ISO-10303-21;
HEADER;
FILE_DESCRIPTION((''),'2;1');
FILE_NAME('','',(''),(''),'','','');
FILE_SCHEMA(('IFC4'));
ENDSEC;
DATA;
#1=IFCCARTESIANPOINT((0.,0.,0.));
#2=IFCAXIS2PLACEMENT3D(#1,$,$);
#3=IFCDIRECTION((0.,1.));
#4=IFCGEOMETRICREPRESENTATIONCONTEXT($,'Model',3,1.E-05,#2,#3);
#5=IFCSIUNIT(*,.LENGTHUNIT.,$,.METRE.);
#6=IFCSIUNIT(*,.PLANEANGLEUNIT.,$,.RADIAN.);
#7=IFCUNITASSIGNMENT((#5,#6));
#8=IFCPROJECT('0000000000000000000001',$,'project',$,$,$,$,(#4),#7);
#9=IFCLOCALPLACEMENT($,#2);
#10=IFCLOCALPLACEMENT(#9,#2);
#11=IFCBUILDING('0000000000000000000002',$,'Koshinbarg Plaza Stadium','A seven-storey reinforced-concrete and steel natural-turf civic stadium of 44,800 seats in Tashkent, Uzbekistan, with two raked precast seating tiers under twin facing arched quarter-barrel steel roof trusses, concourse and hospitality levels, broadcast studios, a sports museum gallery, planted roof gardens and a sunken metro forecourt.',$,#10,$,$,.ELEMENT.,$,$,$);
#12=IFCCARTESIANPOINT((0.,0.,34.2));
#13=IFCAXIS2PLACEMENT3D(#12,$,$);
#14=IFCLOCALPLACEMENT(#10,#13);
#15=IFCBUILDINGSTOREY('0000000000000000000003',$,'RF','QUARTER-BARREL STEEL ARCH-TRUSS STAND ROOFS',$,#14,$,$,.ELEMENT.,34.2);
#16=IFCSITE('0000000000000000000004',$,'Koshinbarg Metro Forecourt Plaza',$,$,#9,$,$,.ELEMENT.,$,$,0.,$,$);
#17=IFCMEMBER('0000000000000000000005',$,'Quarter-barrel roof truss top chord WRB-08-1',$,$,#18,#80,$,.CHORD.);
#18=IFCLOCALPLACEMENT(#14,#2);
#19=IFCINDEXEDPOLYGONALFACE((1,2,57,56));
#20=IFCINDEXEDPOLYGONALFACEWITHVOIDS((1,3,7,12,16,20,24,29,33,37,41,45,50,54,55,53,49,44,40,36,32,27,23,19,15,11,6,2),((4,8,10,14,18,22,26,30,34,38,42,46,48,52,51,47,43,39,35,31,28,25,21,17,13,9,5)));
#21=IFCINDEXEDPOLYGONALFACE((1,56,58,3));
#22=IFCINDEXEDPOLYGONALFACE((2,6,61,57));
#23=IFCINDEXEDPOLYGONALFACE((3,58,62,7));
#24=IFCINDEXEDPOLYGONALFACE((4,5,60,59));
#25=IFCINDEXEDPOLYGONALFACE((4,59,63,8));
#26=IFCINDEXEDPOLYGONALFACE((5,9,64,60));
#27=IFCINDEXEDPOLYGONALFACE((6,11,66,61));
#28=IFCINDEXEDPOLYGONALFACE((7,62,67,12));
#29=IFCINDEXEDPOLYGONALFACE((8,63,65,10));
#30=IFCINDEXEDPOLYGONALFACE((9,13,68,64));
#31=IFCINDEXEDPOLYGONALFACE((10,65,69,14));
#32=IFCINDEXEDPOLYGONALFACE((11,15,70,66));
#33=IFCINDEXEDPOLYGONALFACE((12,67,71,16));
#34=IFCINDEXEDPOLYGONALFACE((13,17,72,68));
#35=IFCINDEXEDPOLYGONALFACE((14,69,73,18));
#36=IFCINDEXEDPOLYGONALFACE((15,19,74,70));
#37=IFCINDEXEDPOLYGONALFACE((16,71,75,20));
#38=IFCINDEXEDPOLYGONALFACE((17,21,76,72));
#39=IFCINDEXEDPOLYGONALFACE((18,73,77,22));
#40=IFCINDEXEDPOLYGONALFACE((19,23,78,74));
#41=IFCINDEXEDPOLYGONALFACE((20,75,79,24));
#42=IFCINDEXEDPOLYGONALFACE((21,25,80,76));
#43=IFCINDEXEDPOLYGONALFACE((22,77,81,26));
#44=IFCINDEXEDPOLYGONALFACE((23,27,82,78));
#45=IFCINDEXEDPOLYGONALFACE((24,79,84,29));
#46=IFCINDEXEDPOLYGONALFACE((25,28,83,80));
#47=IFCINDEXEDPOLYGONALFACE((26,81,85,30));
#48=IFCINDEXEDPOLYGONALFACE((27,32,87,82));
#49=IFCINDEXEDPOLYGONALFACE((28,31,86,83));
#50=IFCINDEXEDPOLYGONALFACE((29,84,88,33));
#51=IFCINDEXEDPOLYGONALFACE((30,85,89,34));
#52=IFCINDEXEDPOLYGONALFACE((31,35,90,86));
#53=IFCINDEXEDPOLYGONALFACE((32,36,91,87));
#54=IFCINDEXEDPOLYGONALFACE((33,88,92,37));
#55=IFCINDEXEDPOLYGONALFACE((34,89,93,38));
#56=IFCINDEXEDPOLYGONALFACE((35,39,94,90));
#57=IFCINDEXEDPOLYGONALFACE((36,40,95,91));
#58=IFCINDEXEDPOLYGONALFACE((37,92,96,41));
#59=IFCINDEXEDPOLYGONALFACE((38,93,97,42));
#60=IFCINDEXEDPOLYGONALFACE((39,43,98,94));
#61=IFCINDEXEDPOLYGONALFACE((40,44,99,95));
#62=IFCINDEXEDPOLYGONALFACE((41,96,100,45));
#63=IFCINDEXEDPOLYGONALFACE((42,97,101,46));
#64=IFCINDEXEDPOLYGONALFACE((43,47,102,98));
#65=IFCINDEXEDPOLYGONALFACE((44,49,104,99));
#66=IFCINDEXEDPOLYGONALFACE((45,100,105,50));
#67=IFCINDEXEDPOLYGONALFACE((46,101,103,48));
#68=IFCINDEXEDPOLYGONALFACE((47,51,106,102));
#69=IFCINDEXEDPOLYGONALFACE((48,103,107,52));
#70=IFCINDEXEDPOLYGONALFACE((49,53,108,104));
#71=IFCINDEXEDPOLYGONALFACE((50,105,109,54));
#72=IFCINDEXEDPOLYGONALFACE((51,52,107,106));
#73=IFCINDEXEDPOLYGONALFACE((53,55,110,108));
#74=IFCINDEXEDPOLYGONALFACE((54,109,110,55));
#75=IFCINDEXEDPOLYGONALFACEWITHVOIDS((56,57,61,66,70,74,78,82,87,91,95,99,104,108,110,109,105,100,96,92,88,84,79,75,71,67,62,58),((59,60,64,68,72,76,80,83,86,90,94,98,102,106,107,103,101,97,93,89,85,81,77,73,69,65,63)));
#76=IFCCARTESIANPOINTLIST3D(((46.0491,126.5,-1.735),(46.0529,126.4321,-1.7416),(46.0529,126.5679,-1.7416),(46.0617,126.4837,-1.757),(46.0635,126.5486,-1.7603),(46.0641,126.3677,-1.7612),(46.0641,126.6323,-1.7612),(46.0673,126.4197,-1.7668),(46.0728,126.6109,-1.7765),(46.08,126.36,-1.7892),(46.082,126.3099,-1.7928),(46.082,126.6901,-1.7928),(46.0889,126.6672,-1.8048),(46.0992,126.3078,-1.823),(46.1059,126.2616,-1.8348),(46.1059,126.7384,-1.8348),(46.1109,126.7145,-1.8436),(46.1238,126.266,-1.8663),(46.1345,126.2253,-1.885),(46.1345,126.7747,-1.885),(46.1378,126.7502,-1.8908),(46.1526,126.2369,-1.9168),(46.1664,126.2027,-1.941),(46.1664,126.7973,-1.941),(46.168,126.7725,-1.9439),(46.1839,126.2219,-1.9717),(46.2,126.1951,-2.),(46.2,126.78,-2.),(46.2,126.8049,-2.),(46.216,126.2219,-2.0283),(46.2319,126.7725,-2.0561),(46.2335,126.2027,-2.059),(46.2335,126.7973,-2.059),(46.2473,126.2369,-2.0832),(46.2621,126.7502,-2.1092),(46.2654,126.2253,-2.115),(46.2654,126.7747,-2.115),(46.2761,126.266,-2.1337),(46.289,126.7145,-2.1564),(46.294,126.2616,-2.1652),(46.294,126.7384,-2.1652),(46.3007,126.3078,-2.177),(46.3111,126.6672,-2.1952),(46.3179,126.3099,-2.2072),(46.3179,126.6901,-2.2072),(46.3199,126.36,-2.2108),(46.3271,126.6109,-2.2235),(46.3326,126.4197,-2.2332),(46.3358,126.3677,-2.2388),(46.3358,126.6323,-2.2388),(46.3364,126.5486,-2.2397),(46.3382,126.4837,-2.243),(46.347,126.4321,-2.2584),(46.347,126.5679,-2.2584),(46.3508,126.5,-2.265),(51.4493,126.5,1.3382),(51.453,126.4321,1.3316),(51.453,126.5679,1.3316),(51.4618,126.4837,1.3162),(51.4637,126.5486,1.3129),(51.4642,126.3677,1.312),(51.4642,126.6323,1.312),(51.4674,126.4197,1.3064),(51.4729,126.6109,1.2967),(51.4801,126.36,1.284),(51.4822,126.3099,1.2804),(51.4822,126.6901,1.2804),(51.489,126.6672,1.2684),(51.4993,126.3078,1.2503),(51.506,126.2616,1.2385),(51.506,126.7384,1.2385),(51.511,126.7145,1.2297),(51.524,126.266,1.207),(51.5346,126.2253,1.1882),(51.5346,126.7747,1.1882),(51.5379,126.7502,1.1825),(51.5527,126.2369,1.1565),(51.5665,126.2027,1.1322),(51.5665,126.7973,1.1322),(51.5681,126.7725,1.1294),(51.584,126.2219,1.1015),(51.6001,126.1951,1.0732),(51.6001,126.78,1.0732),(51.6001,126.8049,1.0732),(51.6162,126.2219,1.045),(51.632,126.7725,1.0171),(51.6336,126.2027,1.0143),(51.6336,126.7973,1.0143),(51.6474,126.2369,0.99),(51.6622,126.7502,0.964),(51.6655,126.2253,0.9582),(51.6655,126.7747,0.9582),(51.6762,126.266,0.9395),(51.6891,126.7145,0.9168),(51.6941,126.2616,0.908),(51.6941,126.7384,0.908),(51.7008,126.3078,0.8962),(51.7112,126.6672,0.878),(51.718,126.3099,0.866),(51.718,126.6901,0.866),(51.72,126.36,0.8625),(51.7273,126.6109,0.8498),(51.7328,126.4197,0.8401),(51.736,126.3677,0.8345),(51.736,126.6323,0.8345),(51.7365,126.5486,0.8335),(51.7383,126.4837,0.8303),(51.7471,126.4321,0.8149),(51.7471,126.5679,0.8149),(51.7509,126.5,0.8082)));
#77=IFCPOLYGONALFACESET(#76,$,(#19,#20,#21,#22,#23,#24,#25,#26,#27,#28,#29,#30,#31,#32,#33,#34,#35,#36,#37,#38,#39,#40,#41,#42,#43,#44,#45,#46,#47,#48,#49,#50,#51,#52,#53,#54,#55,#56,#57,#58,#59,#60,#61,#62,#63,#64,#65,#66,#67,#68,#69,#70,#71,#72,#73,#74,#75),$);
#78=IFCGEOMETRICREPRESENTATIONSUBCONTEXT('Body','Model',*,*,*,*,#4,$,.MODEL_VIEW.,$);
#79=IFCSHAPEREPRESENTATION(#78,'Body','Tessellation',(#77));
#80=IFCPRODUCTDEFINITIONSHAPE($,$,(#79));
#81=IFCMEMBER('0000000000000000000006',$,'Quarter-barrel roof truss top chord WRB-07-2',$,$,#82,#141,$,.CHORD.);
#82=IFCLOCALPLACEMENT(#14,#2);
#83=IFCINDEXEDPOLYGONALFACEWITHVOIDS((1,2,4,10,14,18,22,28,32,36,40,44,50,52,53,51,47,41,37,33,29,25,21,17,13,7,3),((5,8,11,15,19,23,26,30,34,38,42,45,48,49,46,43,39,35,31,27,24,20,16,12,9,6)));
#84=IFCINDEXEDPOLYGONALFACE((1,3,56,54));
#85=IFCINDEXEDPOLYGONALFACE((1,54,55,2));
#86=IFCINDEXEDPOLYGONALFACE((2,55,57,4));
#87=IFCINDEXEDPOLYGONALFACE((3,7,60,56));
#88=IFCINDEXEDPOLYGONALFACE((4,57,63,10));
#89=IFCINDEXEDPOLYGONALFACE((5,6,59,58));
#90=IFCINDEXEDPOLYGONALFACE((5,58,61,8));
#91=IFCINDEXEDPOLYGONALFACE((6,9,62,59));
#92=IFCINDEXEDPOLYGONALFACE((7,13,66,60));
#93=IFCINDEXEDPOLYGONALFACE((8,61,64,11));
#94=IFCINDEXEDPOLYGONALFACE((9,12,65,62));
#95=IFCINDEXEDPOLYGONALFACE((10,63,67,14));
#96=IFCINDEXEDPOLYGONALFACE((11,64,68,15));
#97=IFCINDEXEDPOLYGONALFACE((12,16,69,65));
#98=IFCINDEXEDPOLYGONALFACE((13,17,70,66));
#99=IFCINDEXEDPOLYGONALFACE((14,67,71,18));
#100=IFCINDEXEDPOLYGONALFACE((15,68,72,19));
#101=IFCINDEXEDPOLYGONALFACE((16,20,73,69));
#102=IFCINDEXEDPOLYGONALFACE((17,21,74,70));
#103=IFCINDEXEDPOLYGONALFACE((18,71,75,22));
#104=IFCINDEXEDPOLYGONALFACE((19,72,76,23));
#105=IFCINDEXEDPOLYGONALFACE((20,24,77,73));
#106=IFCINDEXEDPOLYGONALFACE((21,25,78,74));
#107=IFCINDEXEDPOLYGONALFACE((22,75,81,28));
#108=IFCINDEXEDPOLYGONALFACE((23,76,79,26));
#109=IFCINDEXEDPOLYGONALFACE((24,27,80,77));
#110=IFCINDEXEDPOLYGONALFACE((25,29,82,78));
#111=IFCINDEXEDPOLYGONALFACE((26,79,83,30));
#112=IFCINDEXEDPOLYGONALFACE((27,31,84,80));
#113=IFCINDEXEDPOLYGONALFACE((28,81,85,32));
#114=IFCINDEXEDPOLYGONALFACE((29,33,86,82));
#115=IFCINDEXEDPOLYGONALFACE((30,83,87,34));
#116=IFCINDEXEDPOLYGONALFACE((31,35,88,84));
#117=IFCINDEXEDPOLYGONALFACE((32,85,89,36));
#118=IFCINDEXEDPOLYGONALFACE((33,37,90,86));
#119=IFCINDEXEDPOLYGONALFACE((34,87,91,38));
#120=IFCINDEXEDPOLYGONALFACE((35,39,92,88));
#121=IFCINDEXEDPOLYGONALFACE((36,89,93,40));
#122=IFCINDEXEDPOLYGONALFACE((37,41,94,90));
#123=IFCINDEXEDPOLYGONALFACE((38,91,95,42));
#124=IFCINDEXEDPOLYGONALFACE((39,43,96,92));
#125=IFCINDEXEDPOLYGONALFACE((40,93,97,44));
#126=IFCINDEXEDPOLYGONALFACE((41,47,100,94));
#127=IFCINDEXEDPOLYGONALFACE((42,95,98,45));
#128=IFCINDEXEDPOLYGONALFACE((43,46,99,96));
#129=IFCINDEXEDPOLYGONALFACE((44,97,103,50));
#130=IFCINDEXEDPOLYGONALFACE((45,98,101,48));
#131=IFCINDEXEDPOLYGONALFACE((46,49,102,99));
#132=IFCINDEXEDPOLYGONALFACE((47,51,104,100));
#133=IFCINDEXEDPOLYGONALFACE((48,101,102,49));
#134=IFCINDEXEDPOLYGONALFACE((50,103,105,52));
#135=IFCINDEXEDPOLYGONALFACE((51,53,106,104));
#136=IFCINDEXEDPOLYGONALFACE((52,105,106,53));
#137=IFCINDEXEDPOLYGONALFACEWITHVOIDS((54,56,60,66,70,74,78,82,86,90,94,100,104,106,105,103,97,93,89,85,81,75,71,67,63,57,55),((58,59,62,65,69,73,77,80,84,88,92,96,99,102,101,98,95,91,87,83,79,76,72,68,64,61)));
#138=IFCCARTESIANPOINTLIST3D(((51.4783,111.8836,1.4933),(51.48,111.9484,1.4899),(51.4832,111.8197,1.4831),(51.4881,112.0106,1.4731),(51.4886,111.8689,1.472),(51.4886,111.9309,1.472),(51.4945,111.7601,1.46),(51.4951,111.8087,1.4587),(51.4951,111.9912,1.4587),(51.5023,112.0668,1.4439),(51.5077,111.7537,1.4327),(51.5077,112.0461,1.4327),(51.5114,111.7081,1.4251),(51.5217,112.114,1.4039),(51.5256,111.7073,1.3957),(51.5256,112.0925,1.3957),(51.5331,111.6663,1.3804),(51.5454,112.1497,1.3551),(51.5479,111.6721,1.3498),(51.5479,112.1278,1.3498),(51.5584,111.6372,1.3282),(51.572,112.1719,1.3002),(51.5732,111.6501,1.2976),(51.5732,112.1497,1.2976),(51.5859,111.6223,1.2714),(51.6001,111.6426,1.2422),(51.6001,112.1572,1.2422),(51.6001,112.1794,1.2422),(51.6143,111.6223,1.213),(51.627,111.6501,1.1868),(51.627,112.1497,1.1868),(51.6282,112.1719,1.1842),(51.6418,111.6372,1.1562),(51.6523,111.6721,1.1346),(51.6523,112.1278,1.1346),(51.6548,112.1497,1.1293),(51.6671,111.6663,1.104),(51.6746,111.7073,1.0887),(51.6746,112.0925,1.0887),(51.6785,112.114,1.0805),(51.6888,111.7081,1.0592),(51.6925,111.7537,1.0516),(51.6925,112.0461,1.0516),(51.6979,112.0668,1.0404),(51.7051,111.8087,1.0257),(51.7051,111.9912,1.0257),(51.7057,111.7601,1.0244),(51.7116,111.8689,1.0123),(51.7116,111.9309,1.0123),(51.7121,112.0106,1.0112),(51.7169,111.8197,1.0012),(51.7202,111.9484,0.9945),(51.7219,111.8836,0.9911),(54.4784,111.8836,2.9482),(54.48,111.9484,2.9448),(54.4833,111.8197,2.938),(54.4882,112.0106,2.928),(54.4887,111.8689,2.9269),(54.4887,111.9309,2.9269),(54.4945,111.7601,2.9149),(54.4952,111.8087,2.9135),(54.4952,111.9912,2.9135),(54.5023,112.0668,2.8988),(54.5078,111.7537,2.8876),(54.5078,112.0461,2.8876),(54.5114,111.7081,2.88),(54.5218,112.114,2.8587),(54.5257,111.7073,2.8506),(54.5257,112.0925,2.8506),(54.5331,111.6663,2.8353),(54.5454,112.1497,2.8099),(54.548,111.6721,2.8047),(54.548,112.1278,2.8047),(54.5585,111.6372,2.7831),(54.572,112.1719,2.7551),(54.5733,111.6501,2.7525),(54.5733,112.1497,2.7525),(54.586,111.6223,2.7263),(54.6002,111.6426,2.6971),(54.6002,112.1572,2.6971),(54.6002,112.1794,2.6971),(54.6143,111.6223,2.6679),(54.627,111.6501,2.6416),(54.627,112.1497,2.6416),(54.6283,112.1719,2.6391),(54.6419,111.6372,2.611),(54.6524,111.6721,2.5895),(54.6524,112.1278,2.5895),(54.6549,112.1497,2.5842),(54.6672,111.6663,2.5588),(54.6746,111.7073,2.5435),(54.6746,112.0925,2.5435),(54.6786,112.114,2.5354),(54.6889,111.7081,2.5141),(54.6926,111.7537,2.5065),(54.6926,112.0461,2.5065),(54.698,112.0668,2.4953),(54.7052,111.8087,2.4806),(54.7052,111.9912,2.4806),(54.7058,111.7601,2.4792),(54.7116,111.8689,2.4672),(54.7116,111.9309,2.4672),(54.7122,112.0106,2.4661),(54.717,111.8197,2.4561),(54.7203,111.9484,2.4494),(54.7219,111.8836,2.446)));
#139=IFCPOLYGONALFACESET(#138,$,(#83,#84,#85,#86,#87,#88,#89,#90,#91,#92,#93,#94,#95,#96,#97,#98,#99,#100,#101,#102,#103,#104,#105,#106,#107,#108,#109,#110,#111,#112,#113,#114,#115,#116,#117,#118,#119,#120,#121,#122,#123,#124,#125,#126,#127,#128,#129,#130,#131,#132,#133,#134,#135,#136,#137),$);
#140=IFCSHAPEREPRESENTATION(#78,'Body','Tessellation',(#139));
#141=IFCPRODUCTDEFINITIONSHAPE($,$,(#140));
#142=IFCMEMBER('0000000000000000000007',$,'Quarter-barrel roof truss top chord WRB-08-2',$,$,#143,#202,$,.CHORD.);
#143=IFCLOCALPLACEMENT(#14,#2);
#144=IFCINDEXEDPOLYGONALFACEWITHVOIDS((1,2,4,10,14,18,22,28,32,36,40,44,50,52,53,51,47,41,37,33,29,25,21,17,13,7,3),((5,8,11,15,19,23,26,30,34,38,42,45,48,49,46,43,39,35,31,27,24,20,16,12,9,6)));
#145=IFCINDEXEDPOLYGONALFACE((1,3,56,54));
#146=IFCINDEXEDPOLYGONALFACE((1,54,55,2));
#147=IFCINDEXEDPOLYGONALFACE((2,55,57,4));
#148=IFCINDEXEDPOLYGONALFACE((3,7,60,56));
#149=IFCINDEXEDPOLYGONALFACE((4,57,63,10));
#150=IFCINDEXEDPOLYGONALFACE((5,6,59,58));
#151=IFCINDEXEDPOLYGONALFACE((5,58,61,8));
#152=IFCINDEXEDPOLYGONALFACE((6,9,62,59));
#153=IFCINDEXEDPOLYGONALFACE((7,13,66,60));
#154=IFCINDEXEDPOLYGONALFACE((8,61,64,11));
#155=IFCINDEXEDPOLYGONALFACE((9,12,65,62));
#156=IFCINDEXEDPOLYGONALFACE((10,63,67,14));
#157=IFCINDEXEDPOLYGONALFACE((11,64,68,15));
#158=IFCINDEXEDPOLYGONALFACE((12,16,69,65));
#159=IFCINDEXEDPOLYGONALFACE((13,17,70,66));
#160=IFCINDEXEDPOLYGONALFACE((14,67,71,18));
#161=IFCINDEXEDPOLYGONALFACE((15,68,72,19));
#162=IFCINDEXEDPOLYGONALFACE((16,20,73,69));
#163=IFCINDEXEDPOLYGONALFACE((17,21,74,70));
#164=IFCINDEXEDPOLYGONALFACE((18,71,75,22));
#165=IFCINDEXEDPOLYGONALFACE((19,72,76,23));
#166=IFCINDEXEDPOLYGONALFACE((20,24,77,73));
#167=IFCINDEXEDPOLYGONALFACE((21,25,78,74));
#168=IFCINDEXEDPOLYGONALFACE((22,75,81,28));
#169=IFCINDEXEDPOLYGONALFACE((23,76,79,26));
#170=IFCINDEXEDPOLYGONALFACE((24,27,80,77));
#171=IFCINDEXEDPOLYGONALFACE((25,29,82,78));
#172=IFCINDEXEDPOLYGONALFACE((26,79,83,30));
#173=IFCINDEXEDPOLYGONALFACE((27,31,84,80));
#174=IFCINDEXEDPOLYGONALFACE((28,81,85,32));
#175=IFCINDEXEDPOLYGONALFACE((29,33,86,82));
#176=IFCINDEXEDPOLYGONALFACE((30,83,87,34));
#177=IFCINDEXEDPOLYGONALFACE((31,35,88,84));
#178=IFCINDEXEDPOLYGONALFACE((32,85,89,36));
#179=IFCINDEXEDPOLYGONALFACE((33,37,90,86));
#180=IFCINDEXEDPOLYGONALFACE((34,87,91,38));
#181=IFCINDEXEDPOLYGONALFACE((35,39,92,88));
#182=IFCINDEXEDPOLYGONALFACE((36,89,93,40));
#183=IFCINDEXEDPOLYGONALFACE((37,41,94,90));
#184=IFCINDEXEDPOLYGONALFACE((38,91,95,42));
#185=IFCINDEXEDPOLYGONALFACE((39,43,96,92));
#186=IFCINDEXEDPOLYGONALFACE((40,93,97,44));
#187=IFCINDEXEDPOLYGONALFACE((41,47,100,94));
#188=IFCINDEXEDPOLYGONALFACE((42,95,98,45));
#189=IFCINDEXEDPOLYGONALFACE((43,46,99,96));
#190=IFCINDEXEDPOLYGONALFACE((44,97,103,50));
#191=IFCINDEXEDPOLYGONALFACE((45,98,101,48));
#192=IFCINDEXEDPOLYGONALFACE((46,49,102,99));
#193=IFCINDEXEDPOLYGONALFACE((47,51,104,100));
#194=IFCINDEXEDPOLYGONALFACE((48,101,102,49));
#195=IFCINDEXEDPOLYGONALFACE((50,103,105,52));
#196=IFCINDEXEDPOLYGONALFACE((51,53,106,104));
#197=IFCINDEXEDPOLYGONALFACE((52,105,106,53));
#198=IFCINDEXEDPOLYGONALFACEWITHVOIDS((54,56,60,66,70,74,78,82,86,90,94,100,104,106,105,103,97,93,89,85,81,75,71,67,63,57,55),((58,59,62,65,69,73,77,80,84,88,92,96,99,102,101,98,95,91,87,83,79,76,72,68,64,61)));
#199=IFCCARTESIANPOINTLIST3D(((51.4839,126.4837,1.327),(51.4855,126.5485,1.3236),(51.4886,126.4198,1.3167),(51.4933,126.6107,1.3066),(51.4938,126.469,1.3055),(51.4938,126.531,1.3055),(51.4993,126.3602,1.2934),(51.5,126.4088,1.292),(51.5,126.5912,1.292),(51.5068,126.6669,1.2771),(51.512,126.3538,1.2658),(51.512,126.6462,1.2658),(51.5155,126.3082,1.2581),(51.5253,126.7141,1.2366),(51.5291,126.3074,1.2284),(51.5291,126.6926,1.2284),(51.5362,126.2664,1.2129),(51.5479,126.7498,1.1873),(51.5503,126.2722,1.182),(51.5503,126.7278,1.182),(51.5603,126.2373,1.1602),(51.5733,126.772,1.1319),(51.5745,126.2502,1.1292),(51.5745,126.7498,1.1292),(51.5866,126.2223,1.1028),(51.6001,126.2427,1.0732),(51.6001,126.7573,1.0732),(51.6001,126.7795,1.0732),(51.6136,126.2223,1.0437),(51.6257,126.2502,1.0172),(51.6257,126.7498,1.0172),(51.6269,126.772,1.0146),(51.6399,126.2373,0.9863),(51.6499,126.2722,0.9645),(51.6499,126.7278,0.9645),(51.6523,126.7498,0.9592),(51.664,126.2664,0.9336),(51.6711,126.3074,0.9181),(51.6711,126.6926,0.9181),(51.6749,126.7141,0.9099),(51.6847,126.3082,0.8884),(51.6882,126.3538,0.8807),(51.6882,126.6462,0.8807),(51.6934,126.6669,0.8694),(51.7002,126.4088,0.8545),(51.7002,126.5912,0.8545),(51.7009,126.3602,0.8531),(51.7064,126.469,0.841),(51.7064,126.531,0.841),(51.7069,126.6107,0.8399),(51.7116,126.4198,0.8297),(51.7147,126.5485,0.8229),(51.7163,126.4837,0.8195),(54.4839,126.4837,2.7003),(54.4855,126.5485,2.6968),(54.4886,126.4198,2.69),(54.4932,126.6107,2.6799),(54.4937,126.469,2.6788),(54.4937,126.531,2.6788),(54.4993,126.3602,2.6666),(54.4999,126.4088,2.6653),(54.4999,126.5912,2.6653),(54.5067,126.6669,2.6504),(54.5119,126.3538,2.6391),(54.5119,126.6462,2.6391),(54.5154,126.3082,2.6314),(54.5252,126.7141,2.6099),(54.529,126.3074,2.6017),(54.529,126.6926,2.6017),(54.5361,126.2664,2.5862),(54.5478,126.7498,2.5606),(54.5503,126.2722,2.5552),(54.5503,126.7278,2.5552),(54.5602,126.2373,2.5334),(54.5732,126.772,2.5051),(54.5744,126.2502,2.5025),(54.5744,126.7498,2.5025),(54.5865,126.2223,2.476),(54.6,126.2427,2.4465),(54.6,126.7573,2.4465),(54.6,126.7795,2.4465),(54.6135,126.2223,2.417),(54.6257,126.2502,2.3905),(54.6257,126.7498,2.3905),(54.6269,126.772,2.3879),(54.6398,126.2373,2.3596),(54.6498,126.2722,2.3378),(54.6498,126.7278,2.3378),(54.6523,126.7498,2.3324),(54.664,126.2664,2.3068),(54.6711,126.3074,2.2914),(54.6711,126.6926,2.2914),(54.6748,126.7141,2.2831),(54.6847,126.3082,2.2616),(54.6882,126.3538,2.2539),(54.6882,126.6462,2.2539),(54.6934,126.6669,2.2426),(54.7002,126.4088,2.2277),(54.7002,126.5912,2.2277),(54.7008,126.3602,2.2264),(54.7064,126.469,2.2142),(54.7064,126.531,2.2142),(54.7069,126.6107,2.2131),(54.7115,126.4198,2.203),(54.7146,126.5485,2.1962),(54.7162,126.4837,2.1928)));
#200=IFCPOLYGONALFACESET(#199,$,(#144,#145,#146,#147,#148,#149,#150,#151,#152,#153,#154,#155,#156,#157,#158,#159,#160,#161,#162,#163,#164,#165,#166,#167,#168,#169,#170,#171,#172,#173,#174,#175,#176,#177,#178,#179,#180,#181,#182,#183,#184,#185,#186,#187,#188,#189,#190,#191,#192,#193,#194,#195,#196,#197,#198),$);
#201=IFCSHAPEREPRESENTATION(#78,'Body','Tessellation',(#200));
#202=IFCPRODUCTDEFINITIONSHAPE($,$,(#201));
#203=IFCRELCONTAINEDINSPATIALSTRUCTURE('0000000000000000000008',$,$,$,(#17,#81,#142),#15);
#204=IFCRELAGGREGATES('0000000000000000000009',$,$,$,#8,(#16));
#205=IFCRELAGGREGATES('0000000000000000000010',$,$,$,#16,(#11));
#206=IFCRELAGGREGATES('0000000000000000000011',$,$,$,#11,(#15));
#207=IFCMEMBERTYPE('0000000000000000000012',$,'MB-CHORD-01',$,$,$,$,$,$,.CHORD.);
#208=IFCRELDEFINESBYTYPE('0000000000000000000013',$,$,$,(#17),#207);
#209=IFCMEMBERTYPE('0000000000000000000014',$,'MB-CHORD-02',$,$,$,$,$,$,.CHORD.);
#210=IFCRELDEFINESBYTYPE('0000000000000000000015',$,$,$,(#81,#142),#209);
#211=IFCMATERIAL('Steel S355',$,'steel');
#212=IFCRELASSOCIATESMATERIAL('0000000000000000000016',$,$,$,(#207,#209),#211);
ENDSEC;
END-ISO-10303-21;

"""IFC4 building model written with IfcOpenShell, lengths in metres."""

from ifc_helpers import new_model, si_unit, direction, frame, origin, origin_2d, place, context, subcontext, project, spatial, hollow_circle, extrude, material, material_profile, profile_set, type_object, element, save


model = new_model("IFC4")

# Units and contexts
model_context = context("Model", 3, precision=1e-05, world=origin(), true_north=direction((0.0, 1.0)))
body_context = subcontext(model_context, "Body", "Model", "MODEL_VIEW")
ifc_project = project(units=[si_unit("LENGTHUNIT", "METRE"), si_unit("PLANEANGLEUNIT", "RADIAN")], contexts=[model_context])

# Site, building, storey
site_placement = place(None, origin())
site = spatial("IfcSite", under=ifc_project, at=site_placement, Name="Koshinbarg Metro Forecourt Plaza", CompositionType="ELEMENT", RefElevation=0.0)
building_placement = place(site_placement, origin())
building = spatial("IfcBuilding", under=site, at=building_placement, Name="Koshinbarg Plaza Stadium", Description="A seven-storey reinforced-concrete and steel natural-turf civic stadium of 44,800 seats in Tashkent, Uzbekistan, with two raked precast seating tiers under twin facing arched quarter-barrel steel roof trusses, concourse and hospitality levels, broadcast studios, a sports museum gallery, planted roof gardens and a sunken metro forecourt.", CompositionType="ELEMENT")
storey_placement = place(building_placement, frame((0.0, 0.0, 34.2)))
storey = spatial("IfcBuildingStorey", under=building, at=storey_placement, Name="RF", Description="QUARTER-BARREL STEEL ARCH-TRUSS STAND ROOFS", CompositionType="ELEMENT", Elevation=34.2)

# Shared definitions
ifc_material_1 = material(Name="Steel S355", Category="steel")

# Members
ifc_material_profile_1 = material_profile(ifc_material_1, hollow_circle(Radius=0.3049, WallThickness=0.0249, at=origin_2d()), Name="CHS 610x25")
ifc_profile_set_1 = profile_set([ifc_material_profile_1], Name="Steel S355")
member_type_1 = type_object("IfcMemberType", Name="MB-CHORD-01", PredefinedType="CHORD", material=ifc_profile_set_1)
member_1_placement = place(storey_placement, frame((46.2, 126.5, -2.0), z_axis=(0.869112, 0.0, 0.494615), x_axis=(0.0, 1.0, 0.0)))
element("IfcMember", 1, at=member_1_placement, inside=storey, type_object=member_type_1, Name="Quarter-barrel roof truss top chord WRB-08-1", PredefinedType="CHORD", context=body_context, shape_type="SweptSolid", body=[
    extrude(hollow_circle(Radius=0.3049, WallThickness=0.0249, at=origin_2d()), origin(), (0.0, 0.0, 1.0), 6.2134),
])
ifc_material_profile_2 = material_profile(ifc_material_1, hollow_circle(Radius=0.2795, WallThickness=0.0222, at=origin_2d()), Name="CHS 559x22.2")
ifc_profile_set_2 = profile_set([ifc_material_profile_2], Name="Steel S355")
member_type_2 = type_object("IfcMemberType", Name="MB-CHORD-02", PredefinedType="CHORD", material=ifc_profile_set_2)
member_2_placement = place(storey_placement, frame((51.6001, 111.8999, 1.2422), z_axis=(0.89978, 0.0, 0.436344), x_axis=(0.0, 1.0, 0.0)))
element("IfcMember", 2, at=member_2_placement, inside=storey, type_object=member_type_2, Name="Quarter-barrel roof truss top chord WRB-07-2", PredefinedType="CHORD", context=body_context, shape_type="SweptSolid", body=[
    extrude(hollow_circle(Radius=0.2795, WallThickness=0.0222, at=origin_2d()), origin(), (0.0, 0.0, 1.0), 3.3342),
])
member_3_placement = place(storey_placement, frame((51.6001, 126.5, 1.0732), z_axis=(0.909261, 0.0, 0.416227), x_axis=(0.0, 1.0, 0.0)))
element("IfcMember", 3, at=member_3_placement, inside=storey, type_object=member_type_2, Name="Quarter-barrel roof truss top chord WRB-08-2", PredefinedType="CHORD", context=body_context, shape_type="SweptSolid", body=[
    extrude(hollow_circle(Radius=0.2795, WallThickness=0.0222, at=origin_2d()), origin(), (0.0, 0.0, 1.0), 3.2993),
])

save(model, "model.ifc")
